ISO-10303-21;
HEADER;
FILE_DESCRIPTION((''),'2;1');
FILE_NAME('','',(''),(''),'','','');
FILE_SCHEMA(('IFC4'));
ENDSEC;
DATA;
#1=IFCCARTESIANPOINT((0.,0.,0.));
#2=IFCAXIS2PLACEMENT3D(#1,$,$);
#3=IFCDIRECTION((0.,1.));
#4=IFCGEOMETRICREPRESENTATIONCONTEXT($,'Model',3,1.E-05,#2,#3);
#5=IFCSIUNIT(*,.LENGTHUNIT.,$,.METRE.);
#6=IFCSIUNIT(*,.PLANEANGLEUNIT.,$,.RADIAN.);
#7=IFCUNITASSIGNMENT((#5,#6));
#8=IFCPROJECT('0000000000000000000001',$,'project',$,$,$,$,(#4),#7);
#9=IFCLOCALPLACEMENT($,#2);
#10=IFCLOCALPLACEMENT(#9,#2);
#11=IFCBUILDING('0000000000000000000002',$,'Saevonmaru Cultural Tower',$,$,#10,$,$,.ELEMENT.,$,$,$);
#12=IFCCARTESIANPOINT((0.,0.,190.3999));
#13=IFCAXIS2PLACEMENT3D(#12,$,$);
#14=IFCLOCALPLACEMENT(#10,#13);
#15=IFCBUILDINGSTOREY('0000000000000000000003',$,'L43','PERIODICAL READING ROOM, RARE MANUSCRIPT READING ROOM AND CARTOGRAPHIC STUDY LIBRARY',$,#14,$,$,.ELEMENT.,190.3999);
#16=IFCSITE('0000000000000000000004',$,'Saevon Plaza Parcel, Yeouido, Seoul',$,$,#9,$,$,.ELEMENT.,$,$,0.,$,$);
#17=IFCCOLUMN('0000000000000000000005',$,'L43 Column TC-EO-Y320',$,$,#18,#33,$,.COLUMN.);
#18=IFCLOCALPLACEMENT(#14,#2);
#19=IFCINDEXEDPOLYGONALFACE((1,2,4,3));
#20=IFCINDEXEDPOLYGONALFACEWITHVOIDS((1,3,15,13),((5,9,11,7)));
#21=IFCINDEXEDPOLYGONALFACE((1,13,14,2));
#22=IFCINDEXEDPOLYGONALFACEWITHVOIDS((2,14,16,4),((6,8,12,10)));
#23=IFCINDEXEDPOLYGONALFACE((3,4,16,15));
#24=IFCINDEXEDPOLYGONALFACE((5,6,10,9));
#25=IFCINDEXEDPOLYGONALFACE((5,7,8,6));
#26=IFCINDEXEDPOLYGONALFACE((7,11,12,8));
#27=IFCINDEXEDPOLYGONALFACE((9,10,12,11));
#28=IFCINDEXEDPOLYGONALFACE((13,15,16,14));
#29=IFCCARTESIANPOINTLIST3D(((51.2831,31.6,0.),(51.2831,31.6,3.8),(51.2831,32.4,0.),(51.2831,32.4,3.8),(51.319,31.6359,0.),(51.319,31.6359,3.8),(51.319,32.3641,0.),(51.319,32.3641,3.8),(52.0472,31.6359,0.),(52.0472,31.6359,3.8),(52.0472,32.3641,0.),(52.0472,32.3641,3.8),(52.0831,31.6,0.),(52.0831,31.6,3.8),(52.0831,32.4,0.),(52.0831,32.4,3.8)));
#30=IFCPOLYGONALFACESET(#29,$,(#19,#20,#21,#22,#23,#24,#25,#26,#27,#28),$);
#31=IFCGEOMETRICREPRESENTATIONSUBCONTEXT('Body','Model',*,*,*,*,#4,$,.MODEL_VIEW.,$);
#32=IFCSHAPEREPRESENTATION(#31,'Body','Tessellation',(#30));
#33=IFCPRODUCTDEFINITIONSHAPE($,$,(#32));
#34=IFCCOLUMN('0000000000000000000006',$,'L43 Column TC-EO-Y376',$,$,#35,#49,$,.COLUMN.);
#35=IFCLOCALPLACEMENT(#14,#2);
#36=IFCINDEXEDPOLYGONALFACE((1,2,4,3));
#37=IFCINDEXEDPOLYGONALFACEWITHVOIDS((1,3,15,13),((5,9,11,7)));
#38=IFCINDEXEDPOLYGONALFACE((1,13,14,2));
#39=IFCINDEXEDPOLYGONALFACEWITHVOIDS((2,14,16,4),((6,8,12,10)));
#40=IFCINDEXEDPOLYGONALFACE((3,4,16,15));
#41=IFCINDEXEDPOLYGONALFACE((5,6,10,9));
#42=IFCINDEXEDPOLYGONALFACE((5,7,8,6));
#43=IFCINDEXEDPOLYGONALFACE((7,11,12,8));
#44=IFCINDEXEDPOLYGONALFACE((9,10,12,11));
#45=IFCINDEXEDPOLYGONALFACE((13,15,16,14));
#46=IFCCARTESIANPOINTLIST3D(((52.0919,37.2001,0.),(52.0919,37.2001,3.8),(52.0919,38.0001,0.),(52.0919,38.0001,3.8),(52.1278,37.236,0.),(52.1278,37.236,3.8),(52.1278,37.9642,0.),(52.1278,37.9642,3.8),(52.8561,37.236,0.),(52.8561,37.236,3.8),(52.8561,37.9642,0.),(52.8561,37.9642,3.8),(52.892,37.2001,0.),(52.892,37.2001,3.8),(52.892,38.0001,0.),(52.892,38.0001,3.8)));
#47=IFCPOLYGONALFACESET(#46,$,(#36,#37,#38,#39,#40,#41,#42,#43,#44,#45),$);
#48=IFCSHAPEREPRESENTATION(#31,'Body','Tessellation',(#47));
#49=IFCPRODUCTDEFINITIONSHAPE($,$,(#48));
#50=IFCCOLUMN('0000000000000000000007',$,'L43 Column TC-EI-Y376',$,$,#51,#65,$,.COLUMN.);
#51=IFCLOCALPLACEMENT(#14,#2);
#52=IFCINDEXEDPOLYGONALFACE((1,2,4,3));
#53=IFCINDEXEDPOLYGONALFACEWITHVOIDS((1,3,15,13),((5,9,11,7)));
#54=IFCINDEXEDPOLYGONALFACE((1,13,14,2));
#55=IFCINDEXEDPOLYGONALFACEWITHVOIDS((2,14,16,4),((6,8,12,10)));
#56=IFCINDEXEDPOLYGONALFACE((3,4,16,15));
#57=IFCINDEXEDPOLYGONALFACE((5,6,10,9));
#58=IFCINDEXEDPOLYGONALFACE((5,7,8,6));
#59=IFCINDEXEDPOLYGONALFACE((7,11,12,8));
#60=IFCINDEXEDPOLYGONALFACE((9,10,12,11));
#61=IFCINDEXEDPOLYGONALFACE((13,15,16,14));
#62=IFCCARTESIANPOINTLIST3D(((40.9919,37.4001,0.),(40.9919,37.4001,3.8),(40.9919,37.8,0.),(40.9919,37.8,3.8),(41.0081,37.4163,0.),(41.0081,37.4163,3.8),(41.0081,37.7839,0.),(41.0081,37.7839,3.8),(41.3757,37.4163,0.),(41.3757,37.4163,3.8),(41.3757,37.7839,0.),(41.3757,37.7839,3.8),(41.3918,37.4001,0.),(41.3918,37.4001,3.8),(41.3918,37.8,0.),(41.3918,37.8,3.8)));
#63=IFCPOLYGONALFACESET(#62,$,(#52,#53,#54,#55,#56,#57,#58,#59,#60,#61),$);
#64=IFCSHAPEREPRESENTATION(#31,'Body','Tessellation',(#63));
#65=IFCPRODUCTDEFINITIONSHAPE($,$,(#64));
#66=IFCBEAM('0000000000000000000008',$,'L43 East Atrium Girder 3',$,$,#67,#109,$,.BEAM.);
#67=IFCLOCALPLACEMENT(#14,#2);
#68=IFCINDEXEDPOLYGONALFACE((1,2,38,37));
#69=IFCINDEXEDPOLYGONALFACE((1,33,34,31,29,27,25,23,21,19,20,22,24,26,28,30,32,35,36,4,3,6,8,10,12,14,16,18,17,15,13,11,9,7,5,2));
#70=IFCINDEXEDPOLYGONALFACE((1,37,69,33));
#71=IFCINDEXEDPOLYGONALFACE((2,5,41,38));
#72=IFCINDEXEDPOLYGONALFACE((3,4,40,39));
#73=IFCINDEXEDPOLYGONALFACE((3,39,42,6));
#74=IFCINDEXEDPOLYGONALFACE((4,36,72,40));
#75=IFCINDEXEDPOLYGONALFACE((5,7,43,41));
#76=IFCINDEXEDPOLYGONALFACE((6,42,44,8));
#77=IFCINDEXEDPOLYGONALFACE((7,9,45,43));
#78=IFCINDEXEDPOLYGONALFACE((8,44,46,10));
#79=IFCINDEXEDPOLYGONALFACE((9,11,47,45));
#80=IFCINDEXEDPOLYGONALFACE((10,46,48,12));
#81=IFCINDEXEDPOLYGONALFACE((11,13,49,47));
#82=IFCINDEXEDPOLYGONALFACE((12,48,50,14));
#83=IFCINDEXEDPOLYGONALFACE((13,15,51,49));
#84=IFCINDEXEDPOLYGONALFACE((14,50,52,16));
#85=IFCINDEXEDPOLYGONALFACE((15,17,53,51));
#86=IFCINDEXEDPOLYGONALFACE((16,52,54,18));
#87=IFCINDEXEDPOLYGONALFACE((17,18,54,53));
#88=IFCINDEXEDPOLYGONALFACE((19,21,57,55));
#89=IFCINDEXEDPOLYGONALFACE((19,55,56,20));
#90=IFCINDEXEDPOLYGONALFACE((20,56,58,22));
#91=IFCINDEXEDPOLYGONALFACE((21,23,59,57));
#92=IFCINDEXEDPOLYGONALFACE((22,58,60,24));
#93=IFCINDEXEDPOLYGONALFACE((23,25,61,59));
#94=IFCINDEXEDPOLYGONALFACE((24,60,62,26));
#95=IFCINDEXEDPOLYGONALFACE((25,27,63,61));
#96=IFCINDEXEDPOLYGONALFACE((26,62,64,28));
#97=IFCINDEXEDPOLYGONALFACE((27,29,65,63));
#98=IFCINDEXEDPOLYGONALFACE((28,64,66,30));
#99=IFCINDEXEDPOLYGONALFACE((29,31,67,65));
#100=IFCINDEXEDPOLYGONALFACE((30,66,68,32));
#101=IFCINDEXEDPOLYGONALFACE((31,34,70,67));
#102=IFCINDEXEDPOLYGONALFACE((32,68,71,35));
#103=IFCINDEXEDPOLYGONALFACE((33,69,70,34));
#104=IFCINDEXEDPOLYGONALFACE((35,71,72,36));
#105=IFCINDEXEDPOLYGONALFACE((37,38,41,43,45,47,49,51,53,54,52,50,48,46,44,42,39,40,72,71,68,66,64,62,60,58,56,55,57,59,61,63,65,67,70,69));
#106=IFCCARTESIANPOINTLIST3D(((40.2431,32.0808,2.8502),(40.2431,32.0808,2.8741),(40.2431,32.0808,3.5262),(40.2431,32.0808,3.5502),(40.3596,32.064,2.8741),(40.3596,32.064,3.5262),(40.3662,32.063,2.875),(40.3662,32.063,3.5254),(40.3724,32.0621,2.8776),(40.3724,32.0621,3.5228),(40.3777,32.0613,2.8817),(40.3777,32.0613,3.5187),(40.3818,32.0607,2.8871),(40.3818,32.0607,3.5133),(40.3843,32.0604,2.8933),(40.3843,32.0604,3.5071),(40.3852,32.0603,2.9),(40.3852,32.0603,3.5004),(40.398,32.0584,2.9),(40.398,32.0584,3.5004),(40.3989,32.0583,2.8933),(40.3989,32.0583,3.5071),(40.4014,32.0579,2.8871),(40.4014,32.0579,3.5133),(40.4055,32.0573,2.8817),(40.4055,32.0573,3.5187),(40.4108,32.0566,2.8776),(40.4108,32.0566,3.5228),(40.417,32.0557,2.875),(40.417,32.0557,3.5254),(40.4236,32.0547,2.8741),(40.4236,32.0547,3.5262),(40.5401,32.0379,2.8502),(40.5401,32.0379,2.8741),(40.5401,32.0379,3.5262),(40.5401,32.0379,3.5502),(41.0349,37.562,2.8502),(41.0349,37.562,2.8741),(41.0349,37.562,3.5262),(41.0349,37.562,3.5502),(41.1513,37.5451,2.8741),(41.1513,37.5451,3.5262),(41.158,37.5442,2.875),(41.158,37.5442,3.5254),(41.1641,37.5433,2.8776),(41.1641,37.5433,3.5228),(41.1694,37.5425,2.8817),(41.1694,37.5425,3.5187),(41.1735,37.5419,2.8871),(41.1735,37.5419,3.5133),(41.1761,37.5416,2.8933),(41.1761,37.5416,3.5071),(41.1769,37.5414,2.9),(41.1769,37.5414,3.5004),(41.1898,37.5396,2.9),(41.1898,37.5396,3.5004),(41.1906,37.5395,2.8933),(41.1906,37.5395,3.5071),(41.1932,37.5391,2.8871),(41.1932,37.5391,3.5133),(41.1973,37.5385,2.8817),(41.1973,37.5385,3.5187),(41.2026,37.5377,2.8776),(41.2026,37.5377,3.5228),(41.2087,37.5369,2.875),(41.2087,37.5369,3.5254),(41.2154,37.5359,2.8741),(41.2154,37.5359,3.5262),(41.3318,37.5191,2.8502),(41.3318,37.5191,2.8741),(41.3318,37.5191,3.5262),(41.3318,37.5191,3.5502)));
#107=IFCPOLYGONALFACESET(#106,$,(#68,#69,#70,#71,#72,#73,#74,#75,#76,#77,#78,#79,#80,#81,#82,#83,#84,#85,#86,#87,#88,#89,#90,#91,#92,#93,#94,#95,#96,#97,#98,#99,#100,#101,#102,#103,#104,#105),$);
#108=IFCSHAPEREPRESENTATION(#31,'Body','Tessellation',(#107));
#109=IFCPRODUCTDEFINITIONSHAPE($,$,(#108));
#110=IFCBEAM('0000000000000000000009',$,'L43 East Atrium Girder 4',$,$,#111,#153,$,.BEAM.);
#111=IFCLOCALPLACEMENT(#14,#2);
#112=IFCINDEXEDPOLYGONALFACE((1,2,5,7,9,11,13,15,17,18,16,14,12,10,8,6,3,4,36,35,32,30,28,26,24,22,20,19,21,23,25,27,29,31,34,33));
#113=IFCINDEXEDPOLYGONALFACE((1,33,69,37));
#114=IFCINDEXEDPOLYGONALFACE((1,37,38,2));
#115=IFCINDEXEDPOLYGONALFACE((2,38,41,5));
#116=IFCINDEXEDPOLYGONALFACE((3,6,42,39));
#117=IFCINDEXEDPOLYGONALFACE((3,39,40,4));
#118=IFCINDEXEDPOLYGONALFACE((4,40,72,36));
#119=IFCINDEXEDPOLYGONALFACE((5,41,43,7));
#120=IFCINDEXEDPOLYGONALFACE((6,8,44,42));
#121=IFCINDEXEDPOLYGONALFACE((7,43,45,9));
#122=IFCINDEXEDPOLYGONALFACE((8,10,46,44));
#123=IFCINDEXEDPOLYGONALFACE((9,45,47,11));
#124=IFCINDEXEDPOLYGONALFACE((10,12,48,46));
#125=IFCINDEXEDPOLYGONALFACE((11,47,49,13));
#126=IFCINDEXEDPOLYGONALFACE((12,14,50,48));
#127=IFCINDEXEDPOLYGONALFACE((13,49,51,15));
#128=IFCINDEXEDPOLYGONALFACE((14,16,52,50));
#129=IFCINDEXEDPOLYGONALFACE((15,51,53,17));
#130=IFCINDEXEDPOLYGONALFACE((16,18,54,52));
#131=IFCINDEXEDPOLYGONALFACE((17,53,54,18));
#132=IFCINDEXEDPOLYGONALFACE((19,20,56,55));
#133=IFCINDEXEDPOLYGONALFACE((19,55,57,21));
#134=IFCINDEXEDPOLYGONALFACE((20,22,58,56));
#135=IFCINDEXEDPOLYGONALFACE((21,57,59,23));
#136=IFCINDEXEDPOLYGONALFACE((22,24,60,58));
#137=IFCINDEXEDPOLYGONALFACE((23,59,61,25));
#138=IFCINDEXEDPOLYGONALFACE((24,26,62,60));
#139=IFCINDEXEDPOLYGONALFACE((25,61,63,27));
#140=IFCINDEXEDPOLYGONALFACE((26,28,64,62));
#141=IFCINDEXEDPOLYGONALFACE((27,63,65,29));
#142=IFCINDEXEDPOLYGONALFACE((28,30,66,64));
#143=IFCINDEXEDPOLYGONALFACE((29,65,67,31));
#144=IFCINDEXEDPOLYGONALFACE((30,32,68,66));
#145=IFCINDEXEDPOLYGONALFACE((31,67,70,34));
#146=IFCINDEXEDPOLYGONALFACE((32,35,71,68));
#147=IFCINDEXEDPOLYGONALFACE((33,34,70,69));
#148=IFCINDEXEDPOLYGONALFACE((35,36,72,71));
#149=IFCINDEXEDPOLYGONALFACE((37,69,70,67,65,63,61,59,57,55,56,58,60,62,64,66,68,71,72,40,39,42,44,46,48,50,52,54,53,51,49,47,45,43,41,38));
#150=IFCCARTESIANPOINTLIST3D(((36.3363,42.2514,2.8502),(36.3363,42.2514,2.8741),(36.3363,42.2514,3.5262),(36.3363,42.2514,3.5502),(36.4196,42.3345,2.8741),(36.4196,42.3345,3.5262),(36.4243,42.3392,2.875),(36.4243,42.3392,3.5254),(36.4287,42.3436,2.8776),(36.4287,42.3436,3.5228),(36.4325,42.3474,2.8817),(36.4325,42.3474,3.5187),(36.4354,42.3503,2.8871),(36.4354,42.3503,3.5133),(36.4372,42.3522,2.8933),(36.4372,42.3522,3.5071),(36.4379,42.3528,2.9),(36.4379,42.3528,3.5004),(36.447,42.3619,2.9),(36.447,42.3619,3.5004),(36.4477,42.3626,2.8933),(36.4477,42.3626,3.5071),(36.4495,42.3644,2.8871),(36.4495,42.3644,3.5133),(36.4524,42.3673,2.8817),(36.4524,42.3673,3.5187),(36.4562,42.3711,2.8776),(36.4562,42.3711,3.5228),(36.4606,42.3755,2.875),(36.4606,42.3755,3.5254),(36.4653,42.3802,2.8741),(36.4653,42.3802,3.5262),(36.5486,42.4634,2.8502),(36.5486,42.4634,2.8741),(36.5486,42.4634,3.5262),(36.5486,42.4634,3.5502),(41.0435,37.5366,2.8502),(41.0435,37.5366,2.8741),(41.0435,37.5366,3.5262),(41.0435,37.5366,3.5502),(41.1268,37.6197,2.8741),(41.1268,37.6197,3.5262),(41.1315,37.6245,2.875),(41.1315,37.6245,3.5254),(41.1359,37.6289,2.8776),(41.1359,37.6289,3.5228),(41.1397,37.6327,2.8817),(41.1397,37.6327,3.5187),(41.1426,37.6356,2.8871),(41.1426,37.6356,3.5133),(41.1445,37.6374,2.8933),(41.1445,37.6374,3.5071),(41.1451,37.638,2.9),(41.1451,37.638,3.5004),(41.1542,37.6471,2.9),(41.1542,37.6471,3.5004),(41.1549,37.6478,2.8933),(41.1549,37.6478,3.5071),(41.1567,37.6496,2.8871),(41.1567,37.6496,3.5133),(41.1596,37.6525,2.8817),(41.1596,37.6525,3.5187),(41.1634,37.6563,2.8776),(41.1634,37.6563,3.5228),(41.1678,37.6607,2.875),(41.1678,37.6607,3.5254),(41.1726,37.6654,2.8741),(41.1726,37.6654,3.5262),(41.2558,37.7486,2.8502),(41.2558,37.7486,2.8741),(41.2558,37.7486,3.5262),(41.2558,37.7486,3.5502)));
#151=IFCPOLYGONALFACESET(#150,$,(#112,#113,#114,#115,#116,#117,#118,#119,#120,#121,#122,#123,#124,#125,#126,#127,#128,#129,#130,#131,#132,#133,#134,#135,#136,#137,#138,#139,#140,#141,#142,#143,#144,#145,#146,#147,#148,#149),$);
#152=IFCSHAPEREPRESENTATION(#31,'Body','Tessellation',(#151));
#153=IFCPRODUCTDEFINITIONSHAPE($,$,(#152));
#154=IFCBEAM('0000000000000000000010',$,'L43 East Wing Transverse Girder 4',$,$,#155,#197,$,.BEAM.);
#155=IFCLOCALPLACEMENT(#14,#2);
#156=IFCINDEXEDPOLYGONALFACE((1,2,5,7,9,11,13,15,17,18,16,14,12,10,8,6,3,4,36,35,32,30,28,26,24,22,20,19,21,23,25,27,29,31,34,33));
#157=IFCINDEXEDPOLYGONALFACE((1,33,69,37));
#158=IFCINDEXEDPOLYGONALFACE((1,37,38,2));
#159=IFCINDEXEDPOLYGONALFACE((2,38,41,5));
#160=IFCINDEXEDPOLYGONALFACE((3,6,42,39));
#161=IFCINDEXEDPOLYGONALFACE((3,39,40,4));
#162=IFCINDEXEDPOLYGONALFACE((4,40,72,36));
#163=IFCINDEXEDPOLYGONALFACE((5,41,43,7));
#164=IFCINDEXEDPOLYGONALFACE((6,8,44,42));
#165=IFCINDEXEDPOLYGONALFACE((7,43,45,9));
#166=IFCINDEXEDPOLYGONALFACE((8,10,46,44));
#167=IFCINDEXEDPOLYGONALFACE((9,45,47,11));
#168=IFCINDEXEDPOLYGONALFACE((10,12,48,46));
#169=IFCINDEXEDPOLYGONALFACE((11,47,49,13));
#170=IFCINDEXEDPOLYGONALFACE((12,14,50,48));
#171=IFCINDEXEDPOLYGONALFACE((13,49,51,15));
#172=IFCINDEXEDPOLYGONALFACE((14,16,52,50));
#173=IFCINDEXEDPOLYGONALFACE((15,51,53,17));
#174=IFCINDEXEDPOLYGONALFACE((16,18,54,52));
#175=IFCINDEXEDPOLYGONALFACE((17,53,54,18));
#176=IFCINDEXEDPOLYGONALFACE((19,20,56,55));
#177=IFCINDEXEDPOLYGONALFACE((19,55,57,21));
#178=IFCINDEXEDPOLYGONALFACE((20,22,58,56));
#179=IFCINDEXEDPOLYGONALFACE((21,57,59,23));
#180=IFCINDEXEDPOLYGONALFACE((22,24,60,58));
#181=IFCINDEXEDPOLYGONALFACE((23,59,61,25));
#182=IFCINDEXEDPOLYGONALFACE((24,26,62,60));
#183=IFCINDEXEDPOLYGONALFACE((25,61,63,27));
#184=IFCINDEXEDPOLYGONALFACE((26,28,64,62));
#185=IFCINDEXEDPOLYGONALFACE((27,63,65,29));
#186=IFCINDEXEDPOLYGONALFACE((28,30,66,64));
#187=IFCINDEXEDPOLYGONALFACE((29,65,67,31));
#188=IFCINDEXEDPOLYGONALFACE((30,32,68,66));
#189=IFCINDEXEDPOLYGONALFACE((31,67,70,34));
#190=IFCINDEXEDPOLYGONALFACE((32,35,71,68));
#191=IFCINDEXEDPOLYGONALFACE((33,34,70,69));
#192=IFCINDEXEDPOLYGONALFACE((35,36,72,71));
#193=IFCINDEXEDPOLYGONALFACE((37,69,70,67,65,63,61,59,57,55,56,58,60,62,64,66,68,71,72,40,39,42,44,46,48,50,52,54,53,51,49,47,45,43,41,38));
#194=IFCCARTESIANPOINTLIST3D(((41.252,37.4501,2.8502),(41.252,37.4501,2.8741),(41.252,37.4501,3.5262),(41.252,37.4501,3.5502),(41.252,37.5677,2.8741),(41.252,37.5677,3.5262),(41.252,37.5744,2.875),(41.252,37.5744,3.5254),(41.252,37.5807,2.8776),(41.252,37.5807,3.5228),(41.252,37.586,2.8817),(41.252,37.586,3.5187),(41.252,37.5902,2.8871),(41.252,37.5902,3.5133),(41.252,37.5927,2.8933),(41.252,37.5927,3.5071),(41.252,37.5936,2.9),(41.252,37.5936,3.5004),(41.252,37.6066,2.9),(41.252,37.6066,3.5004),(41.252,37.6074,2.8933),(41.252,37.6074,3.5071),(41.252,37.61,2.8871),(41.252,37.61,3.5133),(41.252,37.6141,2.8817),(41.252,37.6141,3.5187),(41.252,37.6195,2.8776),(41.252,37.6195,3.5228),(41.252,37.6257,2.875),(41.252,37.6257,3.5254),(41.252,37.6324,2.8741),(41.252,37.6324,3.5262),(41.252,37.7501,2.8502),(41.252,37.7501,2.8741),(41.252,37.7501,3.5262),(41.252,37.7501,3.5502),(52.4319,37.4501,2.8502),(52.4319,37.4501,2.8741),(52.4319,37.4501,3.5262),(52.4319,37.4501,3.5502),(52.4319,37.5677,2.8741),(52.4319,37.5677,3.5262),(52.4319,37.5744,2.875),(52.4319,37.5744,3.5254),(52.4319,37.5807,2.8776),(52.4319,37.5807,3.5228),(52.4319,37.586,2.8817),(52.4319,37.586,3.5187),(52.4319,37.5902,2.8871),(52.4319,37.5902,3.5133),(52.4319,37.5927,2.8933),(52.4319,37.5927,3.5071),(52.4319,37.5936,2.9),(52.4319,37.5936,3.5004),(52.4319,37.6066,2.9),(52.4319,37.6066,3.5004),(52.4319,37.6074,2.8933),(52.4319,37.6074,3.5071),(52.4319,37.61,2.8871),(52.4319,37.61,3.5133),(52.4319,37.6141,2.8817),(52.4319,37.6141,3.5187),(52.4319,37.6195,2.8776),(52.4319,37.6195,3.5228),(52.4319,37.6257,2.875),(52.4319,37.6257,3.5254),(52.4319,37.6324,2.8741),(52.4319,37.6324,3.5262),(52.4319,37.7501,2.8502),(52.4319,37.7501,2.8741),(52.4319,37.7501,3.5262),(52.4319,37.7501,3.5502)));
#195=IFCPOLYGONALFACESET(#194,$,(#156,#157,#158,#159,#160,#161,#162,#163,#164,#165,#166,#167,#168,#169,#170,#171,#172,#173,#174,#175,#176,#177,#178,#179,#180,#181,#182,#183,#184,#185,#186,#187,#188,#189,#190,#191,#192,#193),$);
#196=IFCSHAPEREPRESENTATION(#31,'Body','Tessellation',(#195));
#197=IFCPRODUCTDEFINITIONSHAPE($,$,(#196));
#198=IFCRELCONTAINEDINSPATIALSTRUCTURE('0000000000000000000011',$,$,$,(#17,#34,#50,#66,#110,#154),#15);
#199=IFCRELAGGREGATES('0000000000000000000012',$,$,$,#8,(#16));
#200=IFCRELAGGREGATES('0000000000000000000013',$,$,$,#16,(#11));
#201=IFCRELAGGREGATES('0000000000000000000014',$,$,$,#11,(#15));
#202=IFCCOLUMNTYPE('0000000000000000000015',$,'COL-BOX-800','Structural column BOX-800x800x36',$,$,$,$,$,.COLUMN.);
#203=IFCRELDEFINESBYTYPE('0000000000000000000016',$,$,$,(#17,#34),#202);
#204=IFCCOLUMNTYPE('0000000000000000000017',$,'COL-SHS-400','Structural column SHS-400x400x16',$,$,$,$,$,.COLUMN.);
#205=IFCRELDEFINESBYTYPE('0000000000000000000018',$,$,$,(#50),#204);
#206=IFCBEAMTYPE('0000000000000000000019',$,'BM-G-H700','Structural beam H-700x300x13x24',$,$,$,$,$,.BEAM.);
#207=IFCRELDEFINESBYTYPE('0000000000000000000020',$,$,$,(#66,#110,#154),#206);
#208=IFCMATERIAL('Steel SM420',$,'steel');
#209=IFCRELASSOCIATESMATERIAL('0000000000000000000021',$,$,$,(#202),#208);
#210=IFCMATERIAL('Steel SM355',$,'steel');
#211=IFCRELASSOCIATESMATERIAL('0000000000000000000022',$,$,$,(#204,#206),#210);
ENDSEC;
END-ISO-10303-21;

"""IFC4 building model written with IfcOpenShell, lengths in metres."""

from ifc_helpers import new_model, si_unit, direction, frame, origin, origin_2d, place, context, subcontext, project, spatial, hollow_rectangle, i_section, extrude, material, material_profile, profile_set, type_object, element, save


model = new_model("IFC4")

# Units and contexts
model_context = context("Model", 3, precision=1e-05, world=origin(), true_north=direction((0.0, 1.0)))
body_context = subcontext(model_context, "Body", "Model", "MODEL_VIEW")
ifc_project = project(units=[si_unit("LENGTHUNIT", "METRE"), si_unit("PLANEANGLEUNIT", "RADIAN")], contexts=[model_context])

# Site, building, storey
site_placement = place(None, origin())
site = spatial("IfcSite", under=ifc_project, at=site_placement, Name="Saevon Plaza Parcel, Yeouido, Seoul", CompositionType="ELEMENT", RefElevation=0.0)
building_placement = place(site_placement, origin())
building = spatial("IfcBuilding", under=site, at=building_placement, Name="Saevonmaru Cultural Tower", CompositionType="ELEMENT")
storey_placement = place(building_placement, frame((0.0, 0.0, 190.3999)))
storey = spatial("IfcBuildingStorey", under=building, at=storey_placement, Name="L43", Description="PERIODICAL READING ROOM, RARE MANUSCRIPT READING ROOM AND CARTOGRAPHIC STUDY LIBRARY", CompositionType="ELEMENT", Elevation=190.3999)

# Columns
ifc_material_1 = material(Name="Steel SM420", Category="steel")
ifc_material_profile_1 = material_profile(ifc_material_1, hollow_rectangle(XDim=0.8, YDim=0.8, WallThickness=0.0359, at=origin_2d()), Name="BOX-800x800x36")
ifc_profile_set_1 = profile_set([ifc_material_profile_1], Name="Steel SM420")
column_type_1 = type_object("IfcColumnType", Name="COL-BOX-800", Description="Structural column BOX-800x800x36", PredefinedType="COLUMN", material=ifc_profile_set_1)
for number, where, z_axis, x_axis, name in (
    (1, (51.6831, 32.0, 0.0), (0.0, 0.0, 1.0), (1.0, 0.0, 0.0), "L43 Column TC-EO-Y320"),
    (2, (52.4919, 37.6001, 0.0), (0.0, 0.0, 1.0), (1.0, 0.0, 0.0), "L43 Column TC-EO-Y376"),
):
    element("IfcColumn", number, at=place(storey_placement, frame(where, z_axis=z_axis, x_axis=x_axis)), inside=storey, type_object=column_type_1, Name=name, PredefinedType="COLUMN", context=body_context, shape_type="SweptSolid", body=[
        extrude(hollow_rectangle(XDim=0.8, YDim=0.8, WallThickness=0.0359, at=origin_2d()), origin(), (0.0, 0.0, 1.0), 3.8),
    ])
ifc_material_2 = material(Name="Steel SM355", Category="steel")
ifc_material_profile_2 = material_profile(ifc_material_2, hollow_rectangle(XDim=0.3999, YDim=0.3999, WallThickness=0.0161, at=origin_2d()), Name="SHS-400x400x16")
ifc_profile_set_2 = profile_set([ifc_material_profile_2], Name="Steel SM355")
column_type_2 = type_object("IfcColumnType", Name="COL-SHS-400", Description="Structural column SHS-400x400x16", PredefinedType="COLUMN", material=ifc_profile_set_2)
column_placement = place(storey_placement, frame((41.1919, 37.6001, 0.0), z_axis=(0.0, 0.0, 1.0), x_axis=(1.0, 0.0, 0.0)))
element("IfcColumn", 3, at=column_placement, inside=storey, type_object=column_type_2, Name="L43 Column TC-EI-Y376", PredefinedType="COLUMN", context=body_context, shape_type="SweptSolid", body=[
    extrude(hollow_rectangle(XDim=0.3999, YDim=0.3999, WallThickness=0.0161, at=origin_2d()), origin(), (0.0, 0.0, 1.0), 3.8),
])

# Beams
ifc_material_profile_3 = material_profile(ifc_material_2, i_section(OverallWidth=0.3, OverallDepth=0.7, WebThickness=0.0129, FlangeThickness=0.0239, FilletRadius=0.0259, at=origin_2d()), Name="H-700x300x13x24")
ifc_profile_set_3 = profile_set([ifc_material_profile_3], Name="Steel SM355")
beam_type_1 = type_object("IfcBeamType", Name="BM-G-H700", Description="Structural beam H-700x300x13x24", PredefinedType="BEAM", material=ifc_profile_set_3)
beam_1_placement = place(storey_placement, frame((40.3916, 32.0593, 3.2002), z_axis=(0.142964, 0.989728, 0.0), x_axis=(-0.989728, 0.142964, 0.0)))
element("IfcBeam", 4, at=beam_1_placement, inside=storey, type_object=beam_type_1, Name="L43 East Atrium Girder 3", PredefinedType="BEAM", context=body_context, shape_type="SweptSolid", body=[
    extrude(i_section(OverallWidth=0.3, OverallDepth=0.7, WebThickness=0.0129, FlangeThickness=0.0239, FilletRadius=0.0259, at=origin_2d()), origin(), (0.0, 0.0, 1.0), 5.5381),
])
beam_2_placement = place(storey_placement, frame((41.1497, 37.6426, 3.2002), z_axis=(-0.706539, 0.707675, 0.0), x_axis=(-0.707675, -0.706539, 0.0)))
element("IfcBeam", 5, at=beam_2_placement, inside=storey, type_object=beam_type_1, Name="L43 East Atrium Girder 4", PredefinedType="BEAM", context=body_context, shape_type="SweptSolid", body=[
    extrude(i_section(OverallWidth=0.3, OverallDepth=0.7, WebThickness=0.0129, FlangeThickness=0.0239, FilletRadius=0.0259, at=origin_2d()), origin(), (0.0, 0.0, 1.0), 6.6624),
])
beam_3_placement = place(storey_placement, frame((41.252, 37.6001, 3.2002), z_axis=(1.0, 0.0, 0.0), x_axis=(0.0, 1.0, 0.0)))
element("IfcBeam", 6, at=beam_3_placement, inside=storey, type_object=beam_type_1, Name="L43 East Wing Transverse Girder 4", PredefinedType="BEAM", context=body_context, shape_type="SweptSolid", body=[
    extrude(i_section(OverallWidth=0.3, OverallDepth=0.7, WebThickness=0.0129, FlangeThickness=0.0239, FilletRadius=0.0259, at=origin_2d()), origin(), (0.0, 0.0, 1.0), 11.1799),
])

save(model, "model.ifc")
